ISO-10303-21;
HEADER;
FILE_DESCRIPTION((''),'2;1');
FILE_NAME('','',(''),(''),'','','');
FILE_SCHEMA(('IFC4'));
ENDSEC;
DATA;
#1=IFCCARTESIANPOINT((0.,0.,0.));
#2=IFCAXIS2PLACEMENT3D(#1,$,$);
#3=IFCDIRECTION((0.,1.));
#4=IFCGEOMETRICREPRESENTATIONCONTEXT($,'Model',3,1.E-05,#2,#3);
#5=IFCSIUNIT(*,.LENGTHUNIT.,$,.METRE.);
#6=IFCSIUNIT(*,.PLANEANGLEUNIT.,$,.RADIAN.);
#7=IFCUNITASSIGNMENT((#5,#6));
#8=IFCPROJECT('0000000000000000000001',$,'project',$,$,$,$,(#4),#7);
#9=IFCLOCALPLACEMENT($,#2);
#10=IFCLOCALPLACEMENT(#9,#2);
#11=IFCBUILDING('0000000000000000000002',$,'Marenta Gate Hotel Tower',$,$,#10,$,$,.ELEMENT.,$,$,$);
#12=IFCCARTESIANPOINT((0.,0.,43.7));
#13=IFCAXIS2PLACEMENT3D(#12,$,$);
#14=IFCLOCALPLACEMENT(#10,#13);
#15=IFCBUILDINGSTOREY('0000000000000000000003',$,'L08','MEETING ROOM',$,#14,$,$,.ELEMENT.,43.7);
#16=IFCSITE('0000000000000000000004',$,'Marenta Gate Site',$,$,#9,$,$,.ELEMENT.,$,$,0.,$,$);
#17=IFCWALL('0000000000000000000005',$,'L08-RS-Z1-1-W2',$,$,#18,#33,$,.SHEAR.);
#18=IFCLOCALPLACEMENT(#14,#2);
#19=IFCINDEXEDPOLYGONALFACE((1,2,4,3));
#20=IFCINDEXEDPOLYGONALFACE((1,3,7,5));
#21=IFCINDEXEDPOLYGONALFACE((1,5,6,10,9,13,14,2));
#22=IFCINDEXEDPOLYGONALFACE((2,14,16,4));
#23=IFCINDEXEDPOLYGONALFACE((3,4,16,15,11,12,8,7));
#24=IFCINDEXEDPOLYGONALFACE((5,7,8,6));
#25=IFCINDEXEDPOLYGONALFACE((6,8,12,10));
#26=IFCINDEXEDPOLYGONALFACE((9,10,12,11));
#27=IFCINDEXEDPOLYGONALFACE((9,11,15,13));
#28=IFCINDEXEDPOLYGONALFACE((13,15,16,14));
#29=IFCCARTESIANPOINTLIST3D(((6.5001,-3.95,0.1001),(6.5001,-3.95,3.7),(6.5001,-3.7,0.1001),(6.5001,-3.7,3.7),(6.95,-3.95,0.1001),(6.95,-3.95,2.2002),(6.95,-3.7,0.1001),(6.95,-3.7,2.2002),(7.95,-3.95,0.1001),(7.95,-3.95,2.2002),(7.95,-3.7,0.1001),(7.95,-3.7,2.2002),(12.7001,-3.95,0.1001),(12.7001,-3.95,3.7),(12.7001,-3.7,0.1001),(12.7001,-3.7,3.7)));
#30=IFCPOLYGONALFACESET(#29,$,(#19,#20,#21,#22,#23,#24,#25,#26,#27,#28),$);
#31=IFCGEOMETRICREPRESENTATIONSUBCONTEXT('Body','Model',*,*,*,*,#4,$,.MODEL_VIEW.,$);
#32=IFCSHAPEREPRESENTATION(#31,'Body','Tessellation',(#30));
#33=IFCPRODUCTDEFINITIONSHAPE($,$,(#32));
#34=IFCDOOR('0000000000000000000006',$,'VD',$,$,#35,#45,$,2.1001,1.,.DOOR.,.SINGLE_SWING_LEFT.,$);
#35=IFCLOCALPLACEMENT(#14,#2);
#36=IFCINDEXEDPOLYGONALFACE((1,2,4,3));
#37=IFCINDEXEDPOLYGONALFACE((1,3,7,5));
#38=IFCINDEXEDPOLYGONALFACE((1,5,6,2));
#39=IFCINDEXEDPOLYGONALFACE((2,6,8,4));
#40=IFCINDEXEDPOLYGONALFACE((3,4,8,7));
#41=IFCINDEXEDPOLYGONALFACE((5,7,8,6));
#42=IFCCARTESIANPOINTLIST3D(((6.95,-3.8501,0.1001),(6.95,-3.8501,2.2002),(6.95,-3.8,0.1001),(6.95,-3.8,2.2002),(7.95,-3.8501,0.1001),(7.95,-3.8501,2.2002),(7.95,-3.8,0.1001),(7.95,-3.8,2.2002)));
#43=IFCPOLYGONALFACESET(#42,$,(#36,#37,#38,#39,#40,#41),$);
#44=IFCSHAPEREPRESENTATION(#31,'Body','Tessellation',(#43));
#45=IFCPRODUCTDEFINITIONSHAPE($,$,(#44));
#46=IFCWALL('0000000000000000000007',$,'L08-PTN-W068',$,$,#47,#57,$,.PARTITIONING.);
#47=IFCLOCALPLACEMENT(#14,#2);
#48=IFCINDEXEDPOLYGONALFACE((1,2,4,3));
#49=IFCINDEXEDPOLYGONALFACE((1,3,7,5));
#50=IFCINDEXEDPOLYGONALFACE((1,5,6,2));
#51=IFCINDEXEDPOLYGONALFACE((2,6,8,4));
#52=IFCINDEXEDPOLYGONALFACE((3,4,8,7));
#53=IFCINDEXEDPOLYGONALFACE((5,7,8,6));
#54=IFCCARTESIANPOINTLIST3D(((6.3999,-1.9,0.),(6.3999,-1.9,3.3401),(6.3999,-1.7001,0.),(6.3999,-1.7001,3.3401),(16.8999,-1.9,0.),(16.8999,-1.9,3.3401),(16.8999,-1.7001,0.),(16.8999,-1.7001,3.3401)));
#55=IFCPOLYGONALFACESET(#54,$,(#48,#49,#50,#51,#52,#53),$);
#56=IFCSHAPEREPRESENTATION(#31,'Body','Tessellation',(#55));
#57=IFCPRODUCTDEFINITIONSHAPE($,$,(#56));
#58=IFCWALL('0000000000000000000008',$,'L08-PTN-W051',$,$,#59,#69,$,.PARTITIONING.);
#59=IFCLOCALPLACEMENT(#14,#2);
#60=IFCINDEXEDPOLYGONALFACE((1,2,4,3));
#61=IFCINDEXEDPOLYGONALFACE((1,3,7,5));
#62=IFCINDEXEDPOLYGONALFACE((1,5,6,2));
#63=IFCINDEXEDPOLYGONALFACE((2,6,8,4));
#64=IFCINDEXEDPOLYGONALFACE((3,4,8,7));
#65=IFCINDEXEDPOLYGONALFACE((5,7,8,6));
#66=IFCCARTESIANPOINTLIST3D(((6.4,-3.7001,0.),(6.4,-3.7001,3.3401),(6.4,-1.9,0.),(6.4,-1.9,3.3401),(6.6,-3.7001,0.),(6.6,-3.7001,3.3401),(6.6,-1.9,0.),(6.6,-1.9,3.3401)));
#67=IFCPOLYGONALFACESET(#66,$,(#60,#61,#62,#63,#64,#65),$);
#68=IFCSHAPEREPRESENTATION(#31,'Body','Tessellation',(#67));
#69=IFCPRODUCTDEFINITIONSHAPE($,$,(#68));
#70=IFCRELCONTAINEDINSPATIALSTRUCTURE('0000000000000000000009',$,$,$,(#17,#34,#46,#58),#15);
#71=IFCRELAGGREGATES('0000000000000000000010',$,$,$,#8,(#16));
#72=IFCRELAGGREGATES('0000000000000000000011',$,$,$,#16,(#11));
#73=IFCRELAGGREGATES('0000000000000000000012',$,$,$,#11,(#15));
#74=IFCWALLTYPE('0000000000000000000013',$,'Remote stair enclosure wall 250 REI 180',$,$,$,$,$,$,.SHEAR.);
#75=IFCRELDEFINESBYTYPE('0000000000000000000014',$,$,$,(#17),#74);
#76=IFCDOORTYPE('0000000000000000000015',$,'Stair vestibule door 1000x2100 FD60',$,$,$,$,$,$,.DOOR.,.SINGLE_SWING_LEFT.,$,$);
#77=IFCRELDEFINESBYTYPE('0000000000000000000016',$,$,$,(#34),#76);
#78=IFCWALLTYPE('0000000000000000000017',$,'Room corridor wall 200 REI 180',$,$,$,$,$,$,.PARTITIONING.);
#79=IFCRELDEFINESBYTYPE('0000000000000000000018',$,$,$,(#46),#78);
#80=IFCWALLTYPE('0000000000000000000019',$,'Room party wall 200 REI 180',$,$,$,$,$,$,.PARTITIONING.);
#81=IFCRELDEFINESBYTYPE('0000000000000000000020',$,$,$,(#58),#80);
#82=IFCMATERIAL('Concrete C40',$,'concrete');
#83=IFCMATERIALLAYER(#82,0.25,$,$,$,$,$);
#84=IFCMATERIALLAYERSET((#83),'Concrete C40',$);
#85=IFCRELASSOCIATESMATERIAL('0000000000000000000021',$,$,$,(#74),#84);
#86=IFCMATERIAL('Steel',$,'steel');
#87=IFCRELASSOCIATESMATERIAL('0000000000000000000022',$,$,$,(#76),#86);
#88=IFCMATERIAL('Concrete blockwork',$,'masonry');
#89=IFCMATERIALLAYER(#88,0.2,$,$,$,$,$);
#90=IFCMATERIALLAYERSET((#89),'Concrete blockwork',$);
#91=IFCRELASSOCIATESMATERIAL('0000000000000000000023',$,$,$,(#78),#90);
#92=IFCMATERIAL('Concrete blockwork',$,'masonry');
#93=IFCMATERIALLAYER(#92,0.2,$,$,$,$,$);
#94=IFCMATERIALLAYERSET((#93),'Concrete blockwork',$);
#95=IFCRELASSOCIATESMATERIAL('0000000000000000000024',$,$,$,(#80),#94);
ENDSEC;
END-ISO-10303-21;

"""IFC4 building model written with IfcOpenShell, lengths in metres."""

from ifc_helpers import new_model, si_unit, direction, frame, frame_2d, origin, place, context, subcontext, project, spatial, rectangle, extrude, material, layer, layer_set, type_object, element, fill, save


model = new_model("IFC4")

# Units and contexts
model_context = context("Model", 3, precision=1e-05, world=origin(), true_north=direction((0.0, 1.0)))
body_context = subcontext(model_context, "Body", "Model", "MODEL_VIEW")
ifc_project = project(units=[si_unit("LENGTHUNIT", "METRE"), si_unit("PLANEANGLEUNIT", "RADIAN")], contexts=[model_context])

# Site, building, storey
site_placement = place(None, origin())
site = spatial("IfcSite", under=ifc_project, at=site_placement, Name="Marenta Gate Site", CompositionType="ELEMENT", RefElevation=0.0)
building_placement = place(site_placement, origin())
building = spatial("IfcBuilding", under=site, at=building_placement, Name="Marenta Gate Hotel Tower", CompositionType="ELEMENT")
storey_placement = place(building_placement, frame((0.0, 0.0, 43.7)))
storey = spatial("IfcBuildingStorey", under=building, at=storey_placement, Name="L08", Description="MEETING ROOM", CompositionType="ELEMENT", Elevation=43.7)

# Wall, opening, door
ifc_material_1 = material(Name="Concrete C40", Category="concrete")
ifc_layer_1 = layer(ifc_material_1, 0.25)
ifc_layer_set_1 = layer_set([ifc_layer_1], Name="Concrete C40")
wall_type_1 = type_object("IfcWallType", Name="Remote stair enclosure wall 250 REI 180", PredefinedType="SHEAR", material=ifc_layer_set_1)
wall_1_placement = place(storey_placement, frame((6.5, -3.825, 0.1001), z_axis=(0.0, 0.0, 1.0), x_axis=(1.0, 0.0, 0.0)))
wall_1 = element("IfcWall", 1, at=wall_1_placement, inside=storey, type_object=wall_type_1, Name="L08-RS-Z1-1-W2", PredefinedType="SHEAR", context=body_context, shape_type="SweptSolid", body=[
    extrude(rectangle(XDim=6.2, YDim=0.25, at=frame_2d((3.1001, 0.0))), origin(), (0.0, 0.0, 1.0), 3.5999),
])
opening_1_placement = place(wall_1_placement, frame((0.45, 0.0, 0.0)))
opening_1 = element("IfcOpeningElement", 2, at=opening_1_placement, cuts=wall_1, PredefinedType="OPENING", context=body_context, shape_type="SweptSolid", body=[
    extrude(rectangle(XDim=1.0, YDim=2.1001, at=frame_2d((0.5, 1.05))), frame((0.0, 0.125, 0.0), z_axis=(0.0, -1.0, 0.0), x_axis=(1.0, 0.0, 0.0)), (0.0, 0.0, 1.0), 0.25),
])
ifc_material_2 = material(Name="Steel", Category="steel")
door_type_1 = type_object("IfcDoorType", Name="Stair vestibule door 1000x2100 FD60", OperationType="SINGLE_SWING_LEFT", PredefinedType="DOOR", material=ifc_material_2)
door_1_placement = place(opening_1_placement, origin())
door_1 = element("IfcDoor", 3, at=door_1_placement, inside=storey, type_object=door_type_1, Name="VD", OperationType="SINGLE_SWING_LEFT", OverallHeight=2.1001, OverallWidth=1.0, PredefinedType="DOOR", context=body_context, shape_type="SweptSolid", body=[
    extrude(rectangle(XDim=1.0, YDim=2.1001, at=frame_2d((0.5, 1.05))), frame((0.0, 0.0249, 0.0), z_axis=(0.0, -1.0, 0.0), x_axis=(1.0, 0.0, 0.0)), (0.0, 0.0, 1.0), 0.05),
])
fill(opening_1, door_1)

# Walls
ifc_material_3 = material(Name="Concrete blockwork", Category="masonry")
ifc_layer_2 = layer(ifc_material_3, 0.2)
ifc_layer_set_2 = layer_set([ifc_layer_2], Name="Concrete blockwork")
wall_type_2 = type_object("IfcWallType", Name="Room corridor wall 200 REI 180", PredefinedType="PARTITIONING", material=ifc_layer_set_2)
wall_2_placement = place(storey_placement, frame((6.3999, -1.8, 0.0), z_axis=(0.0, 0.0, 1.0), x_axis=(1.0, 0.0, 0.0)))
element("IfcWall", 4, at=wall_2_placement, inside=storey, type_object=wall_type_2, Name="L08-PTN-W068", PredefinedType="PARTITIONING", context=body_context, shape_type="SweptSolid", body=[
    extrude(rectangle(XDim=10.5, YDim=0.2, at=frame_2d((5.25, 0.0))), origin(), (0.0, 0.0, 1.0), 3.3401),
])
ifc_material_4 = material(Name="Concrete blockwork", Category="masonry")
ifc_layer_3 = layer(ifc_material_4, 0.2)
ifc_layer_set_3 = layer_set([ifc_layer_3], Name="Concrete blockwork")
wall_type_3 = type_object("IfcWallType", Name="Room party wall 200 REI 180", PredefinedType="PARTITIONING", material=ifc_layer_set_3)
wall_3_placement = place(storey_placement, frame((6.5, -3.7, 0.0), z_axis=(0.0, 0.0, 1.0), x_axis=(0.0, 1.0, 0.0)))
element("IfcWall", 5, at=wall_3_placement, inside=storey, type_object=wall_type_3, Name="L08-PTN-W051", PredefinedType="PARTITIONING", context=body_context, shape_type="SweptSolid", body=[
    extrude(rectangle(XDim=1.8, YDim=0.2, at=frame_2d((0.8999, 0.0))), origin(), (0.0, 0.0, 1.0), 3.3401),
])

save(model, "model.ifc")
